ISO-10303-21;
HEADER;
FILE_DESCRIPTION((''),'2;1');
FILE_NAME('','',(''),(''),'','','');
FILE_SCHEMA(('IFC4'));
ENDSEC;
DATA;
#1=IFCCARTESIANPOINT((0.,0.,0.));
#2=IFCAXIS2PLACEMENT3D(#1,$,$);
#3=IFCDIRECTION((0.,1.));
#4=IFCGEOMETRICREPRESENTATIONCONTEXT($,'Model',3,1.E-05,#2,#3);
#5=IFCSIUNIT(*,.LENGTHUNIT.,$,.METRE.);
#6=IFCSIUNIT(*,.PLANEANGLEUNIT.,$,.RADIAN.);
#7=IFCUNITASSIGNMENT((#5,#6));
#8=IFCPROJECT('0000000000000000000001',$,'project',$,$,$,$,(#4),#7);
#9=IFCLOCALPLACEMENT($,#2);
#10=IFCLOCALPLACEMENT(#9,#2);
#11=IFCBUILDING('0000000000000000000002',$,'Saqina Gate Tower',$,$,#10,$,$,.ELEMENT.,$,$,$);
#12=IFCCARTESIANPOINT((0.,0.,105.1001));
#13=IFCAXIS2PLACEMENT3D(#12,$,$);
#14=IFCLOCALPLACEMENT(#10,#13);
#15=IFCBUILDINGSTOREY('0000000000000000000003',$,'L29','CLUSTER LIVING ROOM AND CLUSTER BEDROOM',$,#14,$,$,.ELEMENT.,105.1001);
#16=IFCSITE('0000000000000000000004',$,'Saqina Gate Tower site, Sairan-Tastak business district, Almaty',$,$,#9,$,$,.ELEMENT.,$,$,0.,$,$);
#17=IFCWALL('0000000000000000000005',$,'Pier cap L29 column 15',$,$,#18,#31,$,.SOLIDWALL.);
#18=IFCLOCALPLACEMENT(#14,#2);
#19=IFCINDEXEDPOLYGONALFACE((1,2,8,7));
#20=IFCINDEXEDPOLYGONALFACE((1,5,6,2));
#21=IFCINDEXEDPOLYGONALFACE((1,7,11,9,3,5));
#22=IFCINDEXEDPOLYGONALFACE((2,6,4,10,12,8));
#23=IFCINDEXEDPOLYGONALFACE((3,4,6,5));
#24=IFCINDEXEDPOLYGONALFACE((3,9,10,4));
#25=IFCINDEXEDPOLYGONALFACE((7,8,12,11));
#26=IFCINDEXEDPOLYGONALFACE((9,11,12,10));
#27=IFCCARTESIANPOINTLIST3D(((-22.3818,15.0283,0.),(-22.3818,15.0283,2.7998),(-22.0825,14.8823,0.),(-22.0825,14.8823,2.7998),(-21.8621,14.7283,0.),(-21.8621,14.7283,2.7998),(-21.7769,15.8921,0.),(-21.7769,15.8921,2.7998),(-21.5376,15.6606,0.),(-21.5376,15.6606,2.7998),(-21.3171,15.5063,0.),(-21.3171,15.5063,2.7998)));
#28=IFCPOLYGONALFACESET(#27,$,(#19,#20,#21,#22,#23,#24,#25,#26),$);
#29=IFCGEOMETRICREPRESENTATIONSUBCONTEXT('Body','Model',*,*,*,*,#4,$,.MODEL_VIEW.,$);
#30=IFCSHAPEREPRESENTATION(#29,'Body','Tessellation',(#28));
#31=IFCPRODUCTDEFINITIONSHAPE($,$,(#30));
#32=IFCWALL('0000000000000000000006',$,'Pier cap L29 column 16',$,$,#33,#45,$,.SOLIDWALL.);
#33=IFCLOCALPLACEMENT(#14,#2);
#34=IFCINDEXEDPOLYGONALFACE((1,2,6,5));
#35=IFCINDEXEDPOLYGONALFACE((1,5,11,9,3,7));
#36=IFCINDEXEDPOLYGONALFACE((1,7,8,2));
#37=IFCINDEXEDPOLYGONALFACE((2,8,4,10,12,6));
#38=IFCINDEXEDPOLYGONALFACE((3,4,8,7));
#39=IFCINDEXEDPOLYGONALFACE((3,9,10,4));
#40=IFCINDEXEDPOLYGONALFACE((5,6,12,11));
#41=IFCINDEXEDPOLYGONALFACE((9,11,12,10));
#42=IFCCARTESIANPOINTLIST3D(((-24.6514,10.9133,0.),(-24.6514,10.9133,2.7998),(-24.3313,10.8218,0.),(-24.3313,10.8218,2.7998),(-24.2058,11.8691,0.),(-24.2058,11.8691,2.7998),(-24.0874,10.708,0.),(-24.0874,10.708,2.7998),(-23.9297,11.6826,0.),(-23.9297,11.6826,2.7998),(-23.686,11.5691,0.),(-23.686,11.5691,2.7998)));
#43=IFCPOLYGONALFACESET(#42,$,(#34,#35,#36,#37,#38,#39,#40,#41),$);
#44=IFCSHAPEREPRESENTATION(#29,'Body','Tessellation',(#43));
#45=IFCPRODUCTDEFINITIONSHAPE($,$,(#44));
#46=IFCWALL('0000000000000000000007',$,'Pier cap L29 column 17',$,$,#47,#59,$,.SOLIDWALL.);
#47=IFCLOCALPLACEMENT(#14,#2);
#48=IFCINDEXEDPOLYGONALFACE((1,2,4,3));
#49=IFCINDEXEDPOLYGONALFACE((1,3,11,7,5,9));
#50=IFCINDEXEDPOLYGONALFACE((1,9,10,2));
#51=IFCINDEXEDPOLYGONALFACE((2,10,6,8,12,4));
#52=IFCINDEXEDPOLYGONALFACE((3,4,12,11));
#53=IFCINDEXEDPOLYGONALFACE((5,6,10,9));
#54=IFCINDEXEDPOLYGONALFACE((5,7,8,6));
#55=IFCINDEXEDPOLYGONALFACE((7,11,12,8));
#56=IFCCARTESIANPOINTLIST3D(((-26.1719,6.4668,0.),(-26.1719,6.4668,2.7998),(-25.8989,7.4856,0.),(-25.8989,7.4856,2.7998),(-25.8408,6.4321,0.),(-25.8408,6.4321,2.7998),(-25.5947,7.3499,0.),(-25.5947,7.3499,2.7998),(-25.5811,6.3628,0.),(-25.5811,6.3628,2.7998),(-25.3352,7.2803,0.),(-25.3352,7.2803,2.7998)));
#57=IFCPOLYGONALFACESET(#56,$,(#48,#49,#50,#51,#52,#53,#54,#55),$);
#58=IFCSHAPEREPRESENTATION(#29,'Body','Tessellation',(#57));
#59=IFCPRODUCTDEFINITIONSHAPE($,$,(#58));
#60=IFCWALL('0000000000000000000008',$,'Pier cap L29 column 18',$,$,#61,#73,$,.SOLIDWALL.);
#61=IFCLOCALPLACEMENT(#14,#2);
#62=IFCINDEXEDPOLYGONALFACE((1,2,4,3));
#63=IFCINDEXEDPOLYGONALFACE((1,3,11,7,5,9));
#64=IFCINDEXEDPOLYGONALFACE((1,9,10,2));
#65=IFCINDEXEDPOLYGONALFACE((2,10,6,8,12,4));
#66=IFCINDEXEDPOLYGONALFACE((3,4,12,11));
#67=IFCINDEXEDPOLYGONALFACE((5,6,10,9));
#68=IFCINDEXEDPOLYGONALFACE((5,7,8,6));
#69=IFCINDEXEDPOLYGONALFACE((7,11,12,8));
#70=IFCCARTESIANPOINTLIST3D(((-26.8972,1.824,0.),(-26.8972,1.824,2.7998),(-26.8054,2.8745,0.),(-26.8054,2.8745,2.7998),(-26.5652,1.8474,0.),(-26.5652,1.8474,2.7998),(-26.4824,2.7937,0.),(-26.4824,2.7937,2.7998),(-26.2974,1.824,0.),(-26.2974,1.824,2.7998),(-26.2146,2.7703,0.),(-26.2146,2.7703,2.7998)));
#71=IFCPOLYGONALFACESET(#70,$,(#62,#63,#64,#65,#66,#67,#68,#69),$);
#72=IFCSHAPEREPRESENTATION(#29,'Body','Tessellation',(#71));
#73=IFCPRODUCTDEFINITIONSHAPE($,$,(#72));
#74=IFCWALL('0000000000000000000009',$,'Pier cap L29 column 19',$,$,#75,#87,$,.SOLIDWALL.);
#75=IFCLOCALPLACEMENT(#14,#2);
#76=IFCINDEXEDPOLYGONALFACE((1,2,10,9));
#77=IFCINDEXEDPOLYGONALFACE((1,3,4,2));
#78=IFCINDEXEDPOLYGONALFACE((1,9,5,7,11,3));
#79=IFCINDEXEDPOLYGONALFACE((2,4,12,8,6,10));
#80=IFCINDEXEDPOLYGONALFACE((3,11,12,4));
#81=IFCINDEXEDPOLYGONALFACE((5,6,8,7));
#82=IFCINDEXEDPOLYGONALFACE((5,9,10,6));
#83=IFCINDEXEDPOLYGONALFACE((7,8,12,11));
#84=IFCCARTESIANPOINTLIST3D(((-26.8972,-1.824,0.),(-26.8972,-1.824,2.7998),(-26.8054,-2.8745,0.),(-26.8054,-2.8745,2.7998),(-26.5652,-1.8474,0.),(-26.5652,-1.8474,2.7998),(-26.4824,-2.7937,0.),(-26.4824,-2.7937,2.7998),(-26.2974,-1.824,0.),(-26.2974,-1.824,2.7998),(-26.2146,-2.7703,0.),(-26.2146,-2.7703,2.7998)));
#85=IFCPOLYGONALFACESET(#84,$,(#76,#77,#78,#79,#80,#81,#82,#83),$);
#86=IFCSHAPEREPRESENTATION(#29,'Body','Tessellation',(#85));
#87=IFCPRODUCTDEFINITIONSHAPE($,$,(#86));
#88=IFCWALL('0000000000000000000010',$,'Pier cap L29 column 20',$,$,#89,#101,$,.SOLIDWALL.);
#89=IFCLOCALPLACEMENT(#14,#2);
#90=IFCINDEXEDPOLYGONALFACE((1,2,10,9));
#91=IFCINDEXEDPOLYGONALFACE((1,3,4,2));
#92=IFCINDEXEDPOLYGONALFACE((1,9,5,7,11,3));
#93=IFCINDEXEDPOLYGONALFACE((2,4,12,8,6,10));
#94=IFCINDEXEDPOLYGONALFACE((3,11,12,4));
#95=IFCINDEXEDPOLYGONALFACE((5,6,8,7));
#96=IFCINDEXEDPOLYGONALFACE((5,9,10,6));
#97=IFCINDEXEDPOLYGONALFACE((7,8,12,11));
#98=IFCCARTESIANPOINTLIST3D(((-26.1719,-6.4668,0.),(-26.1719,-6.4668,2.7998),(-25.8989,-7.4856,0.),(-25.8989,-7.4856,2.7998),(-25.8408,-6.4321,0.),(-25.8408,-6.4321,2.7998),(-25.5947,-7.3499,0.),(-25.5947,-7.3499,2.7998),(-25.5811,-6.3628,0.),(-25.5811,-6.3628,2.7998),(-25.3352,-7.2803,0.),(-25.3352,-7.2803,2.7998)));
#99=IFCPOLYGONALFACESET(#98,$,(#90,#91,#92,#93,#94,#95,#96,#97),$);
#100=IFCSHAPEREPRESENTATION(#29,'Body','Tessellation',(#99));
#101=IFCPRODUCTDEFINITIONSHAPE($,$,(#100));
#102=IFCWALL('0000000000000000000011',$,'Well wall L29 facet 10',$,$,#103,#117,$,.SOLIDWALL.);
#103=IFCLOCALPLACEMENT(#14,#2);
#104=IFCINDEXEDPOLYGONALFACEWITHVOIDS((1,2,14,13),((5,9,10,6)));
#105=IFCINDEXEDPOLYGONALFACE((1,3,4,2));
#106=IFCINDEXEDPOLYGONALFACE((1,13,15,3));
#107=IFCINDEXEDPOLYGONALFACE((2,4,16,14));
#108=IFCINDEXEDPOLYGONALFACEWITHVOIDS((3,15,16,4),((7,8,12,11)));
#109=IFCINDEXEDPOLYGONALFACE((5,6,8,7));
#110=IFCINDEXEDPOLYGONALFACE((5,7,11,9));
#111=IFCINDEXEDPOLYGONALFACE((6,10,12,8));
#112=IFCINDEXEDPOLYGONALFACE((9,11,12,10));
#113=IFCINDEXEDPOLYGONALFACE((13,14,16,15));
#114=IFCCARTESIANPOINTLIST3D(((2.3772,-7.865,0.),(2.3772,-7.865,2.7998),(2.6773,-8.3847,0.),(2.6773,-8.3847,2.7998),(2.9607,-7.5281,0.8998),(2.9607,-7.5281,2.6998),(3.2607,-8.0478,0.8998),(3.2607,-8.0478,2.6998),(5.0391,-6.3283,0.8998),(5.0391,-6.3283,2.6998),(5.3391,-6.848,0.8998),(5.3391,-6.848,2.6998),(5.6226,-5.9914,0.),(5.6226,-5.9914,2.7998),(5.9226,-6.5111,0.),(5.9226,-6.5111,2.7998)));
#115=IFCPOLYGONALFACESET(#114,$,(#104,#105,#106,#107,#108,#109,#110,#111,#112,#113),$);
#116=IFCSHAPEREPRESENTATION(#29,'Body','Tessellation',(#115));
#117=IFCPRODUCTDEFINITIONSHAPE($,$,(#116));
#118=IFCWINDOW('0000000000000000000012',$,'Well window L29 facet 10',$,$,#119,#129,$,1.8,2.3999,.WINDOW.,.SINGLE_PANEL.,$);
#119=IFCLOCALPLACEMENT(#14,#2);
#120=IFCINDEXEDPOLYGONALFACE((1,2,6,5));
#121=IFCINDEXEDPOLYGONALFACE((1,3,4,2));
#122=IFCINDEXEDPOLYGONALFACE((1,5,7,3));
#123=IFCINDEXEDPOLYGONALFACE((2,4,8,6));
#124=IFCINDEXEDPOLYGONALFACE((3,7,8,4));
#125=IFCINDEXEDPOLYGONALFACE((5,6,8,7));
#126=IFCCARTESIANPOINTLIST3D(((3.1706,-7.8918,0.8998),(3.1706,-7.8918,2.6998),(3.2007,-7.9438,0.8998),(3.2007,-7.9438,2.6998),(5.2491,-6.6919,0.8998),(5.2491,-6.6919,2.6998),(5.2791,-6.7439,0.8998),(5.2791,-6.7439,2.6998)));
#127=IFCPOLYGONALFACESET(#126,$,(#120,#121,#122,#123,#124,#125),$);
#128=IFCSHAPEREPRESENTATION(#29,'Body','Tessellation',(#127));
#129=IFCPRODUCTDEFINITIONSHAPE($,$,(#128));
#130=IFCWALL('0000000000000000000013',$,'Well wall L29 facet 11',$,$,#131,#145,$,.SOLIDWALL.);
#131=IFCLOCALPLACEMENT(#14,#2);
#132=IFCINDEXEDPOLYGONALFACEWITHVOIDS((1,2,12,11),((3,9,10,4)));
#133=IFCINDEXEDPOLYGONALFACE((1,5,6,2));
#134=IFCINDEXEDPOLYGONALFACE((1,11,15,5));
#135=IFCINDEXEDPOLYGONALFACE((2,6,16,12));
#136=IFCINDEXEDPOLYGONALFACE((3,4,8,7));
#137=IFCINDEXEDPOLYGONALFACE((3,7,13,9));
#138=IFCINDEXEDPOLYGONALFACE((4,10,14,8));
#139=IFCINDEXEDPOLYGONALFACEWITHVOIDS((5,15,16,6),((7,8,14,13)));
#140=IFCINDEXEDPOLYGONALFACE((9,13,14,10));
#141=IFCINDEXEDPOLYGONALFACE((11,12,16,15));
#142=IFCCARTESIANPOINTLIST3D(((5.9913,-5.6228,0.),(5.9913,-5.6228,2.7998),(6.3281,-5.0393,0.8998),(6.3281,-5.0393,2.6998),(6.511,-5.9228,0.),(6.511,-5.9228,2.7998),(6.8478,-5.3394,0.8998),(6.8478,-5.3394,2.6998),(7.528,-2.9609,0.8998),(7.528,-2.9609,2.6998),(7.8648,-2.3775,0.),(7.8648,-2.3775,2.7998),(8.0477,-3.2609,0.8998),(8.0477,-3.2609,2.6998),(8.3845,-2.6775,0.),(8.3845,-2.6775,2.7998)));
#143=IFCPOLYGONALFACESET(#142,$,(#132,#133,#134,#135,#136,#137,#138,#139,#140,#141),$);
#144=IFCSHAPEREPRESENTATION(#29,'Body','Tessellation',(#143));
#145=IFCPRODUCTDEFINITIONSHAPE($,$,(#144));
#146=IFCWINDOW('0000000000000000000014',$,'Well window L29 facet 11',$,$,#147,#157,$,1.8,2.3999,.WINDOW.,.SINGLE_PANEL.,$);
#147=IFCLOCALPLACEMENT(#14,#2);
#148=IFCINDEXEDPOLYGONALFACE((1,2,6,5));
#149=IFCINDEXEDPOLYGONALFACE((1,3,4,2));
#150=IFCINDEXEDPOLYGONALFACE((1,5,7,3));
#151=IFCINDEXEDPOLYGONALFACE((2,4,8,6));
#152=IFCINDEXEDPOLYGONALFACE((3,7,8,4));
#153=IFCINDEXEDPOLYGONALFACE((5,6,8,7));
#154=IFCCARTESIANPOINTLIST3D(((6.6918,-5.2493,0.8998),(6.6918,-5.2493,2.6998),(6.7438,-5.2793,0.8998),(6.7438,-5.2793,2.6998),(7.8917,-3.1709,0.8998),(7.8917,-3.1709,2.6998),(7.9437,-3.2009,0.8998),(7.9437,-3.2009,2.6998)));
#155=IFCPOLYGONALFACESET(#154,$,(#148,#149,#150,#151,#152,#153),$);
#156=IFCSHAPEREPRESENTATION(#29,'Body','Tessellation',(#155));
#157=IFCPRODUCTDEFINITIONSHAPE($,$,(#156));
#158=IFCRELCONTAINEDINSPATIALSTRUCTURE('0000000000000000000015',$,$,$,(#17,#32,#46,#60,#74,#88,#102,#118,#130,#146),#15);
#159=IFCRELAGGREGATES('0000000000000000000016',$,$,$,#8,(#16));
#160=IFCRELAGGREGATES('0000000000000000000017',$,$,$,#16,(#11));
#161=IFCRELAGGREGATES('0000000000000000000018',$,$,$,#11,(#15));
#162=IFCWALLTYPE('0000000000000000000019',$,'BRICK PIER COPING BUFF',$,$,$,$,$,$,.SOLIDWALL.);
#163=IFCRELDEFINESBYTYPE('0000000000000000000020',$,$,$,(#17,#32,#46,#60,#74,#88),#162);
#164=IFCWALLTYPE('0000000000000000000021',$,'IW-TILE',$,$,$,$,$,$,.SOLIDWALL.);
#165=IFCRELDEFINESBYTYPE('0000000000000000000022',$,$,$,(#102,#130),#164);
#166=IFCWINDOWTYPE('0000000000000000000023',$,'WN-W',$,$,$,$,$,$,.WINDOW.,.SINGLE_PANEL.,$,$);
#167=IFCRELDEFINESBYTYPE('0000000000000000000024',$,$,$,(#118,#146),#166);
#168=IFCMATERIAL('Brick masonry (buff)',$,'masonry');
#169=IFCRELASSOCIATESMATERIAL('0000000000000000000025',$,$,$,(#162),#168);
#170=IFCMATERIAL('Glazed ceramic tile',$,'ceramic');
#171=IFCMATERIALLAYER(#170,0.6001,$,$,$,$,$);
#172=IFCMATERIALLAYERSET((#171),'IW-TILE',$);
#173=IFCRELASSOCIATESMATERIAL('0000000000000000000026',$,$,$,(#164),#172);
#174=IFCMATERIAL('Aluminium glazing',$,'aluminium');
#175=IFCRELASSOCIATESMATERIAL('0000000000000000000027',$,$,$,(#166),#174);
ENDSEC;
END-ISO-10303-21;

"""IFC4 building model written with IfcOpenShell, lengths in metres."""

from ifc_helpers import new_model, si_unit, direction, frame, frame_2d, origin, place, context, subcontext, project, spatial, polyline, rectangle, outline, extrude, material, layer, layer_set, type_object, element, fill, save


model = new_model("IFC4")

# Units and contexts
model_context = context("Model", 3, precision=1e-05, world=origin(), true_north=direction((0.0, 1.0)))
body_context = subcontext(model_context, "Body", "Model", "MODEL_VIEW")
ifc_project = project(units=[si_unit("LENGTHUNIT", "METRE"), si_unit("PLANEANGLEUNIT", "RADIAN")], contexts=[model_context])

# Site, building, storey
site_placement = place(None, origin())
site = spatial("IfcSite", under=ifc_project, at=site_placement, Name="Saqina Gate Tower site, Sairan-Tastak business district, Almaty", CompositionType="ELEMENT", RefElevation=0.0)
building_placement = place(site_placement, origin())
building = spatial("IfcBuilding", under=site, at=building_placement, Name="Saqina Gate Tower", CompositionType="ELEMENT")
storey_placement = place(building_placement, frame((0.0, 0.0, 105.1001)))
storey = spatial("IfcBuildingStorey", under=building, at=storey_placement, Name="L29", Description="CLUSTER LIVING ROOM AND CLUSTER BEDROOM", CompositionType="ELEMENT", Elevation=105.1001)

# Walls
ifc_material_1 = material(Name="Brick masonry (buff)", Category="masonry")
wall_type_1 = type_object("IfcWallType", Name="BRICK PIER COPING BUFF", PredefinedType="SOLIDWALL", material=ifc_material_1)
wall_1_placement = place(storey_placement, origin())
element("IfcWall", 1, at=wall_1_placement, inside=storey, type_object=wall_type_1, Name="Pier cap L29 column 15", PredefinedType="SOLIDWALL", context=body_context, shape_type="SweptSolid", body=[
    extrude(outline(polyline([(-22.3818, 15.0283), (-21.8621, 14.7283), (-22.0825, 14.8823), (-21.5376, 15.6606), (-21.3171, 15.5063), (-21.7769, 15.8921), (-22.3818, 15.0283)])), origin(), (0.0, 0.0, 1.0), 2.7998),
])
wall_2_placement = place(storey_placement, origin())
element("IfcWall", 2, at=wall_2_placement, inside=storey, type_object=wall_type_1, Name="Pier cap L29 column 16", PredefinedType="SOLIDWALL", context=body_context, shape_type="SweptSolid", body=[
    extrude(outline(polyline([(-24.6514, 10.9133), (-24.0874, 10.708), (-24.3313, 10.8218), (-23.9297, 11.6826), (-23.686, 11.5691), (-24.2058, 11.8691), (-24.6514, 10.9133)])), origin(), (0.0, 0.0, 1.0), 2.7998),
])
wall_3_placement = place(storey_placement, origin())
element("IfcWall", 3, at=wall_3_placement, inside=storey, type_object=wall_type_1, Name="Pier cap L29 column 17", PredefinedType="SOLIDWALL", context=body_context, shape_type="SweptSolid", body=[
    extrude(outline(polyline([(-25.8989, 7.4856), (-26.1719, 6.4668), (-25.5811, 6.3628), (-25.8408, 6.4321), (-25.5947, 7.3499), (-25.3352, 7.2803), (-25.8989, 7.4856)])), origin(), (0.0, 0.0, 1.0), 2.7998),
])
wall_4_placement = place(storey_placement, origin())
element("IfcWall", 4, at=wall_4_placement, inside=storey, type_object=wall_type_1, Name="Pier cap L29 column 18", PredefinedType="SOLIDWALL", context=body_context, shape_type="SweptSolid", body=[
    extrude(outline(polyline([(-26.8054, 2.8745), (-26.8972, 1.824), (-26.2974, 1.824), (-26.5652, 1.8474), (-26.4824, 2.7937), (-26.2146, 2.7703), (-26.8054, 2.8745)])), origin(), (0.0, 0.0, 1.0), 2.7998),
])
wall_5_placement = place(storey_placement, origin())
element("IfcWall", 5, at=wall_5_placement, inside=storey, type_object=wall_type_1, Name="Pier cap L29 column 19", PredefinedType="SOLIDWALL", context=body_context, shape_type="SweptSolid", body=[
    extrude(outline(polyline([(-26.8054, -2.8745), (-26.2146, -2.7703), (-26.4824, -2.7937), (-26.5652, -1.8474), (-26.2974, -1.824), (-26.8972, -1.824), (-26.8054, -2.8745)])), origin(), (0.0, 0.0, 1.0), 2.7998),
])
wall_6_placement = place(storey_placement, origin())
element("IfcWall", 6, at=wall_6_placement, inside=storey, type_object=wall_type_1, Name="Pier cap L29 column 20", PredefinedType="SOLIDWALL", context=body_context, shape_type="SweptSolid", body=[
    extrude(outline(polyline([(-26.1719, -6.4668), (-25.8989, -7.4856), (-25.3352, -7.2803), (-25.5947, -7.3499), (-25.8408, -6.4321), (-25.5811, -6.3628), (-26.1719, -6.4668)])), origin(), (0.0, 0.0, 1.0), 2.7998),
])

# Walls, openings, windows
ifc_material_2 = material(Name="Glazed ceramic tile", Category="ceramic")
ifc_layer_1 = layer(ifc_material_2, 0.6001)
ifc_layer_set_1 = layer_set([ifc_layer_1], Name="IW-TILE")
wall_type_2 = type_object("IfcWallType", Name="IW-TILE", PredefinedType="SOLIDWALL", material=ifc_layer_set_1)
wall_7_placement = place(storey_placement, frame((2.5273, -8.1248, 0.0), z_axis=(0.0, 0.0, 1.0), x_axis=(0.866046, 0.499965, 0.0)))
wall_7 = element("IfcWall", 7, at=wall_7_placement, inside=storey, type_object=wall_type_2, Name="Well wall L29 facet 10", PredefinedType="SOLIDWALL", context=body_context, shape_type="SweptSolid", body=[
    extrude(rectangle(XDim=3.7473, YDim=0.6001, at=frame_2d((1.8735, 0.0))), origin(), (0.0, 0.0, 1.0), 2.7998),
])
opening_1_placement = place(wall_7_placement, frame((0.6736, 0.0, 0.8999)))
opening_1 = element("IfcOpeningElement", 8, at=opening_1_placement, cuts=wall_7, PredefinedType="OPENING", context=body_context, shape_type="SweptSolid", body=[
    extrude(rectangle(XDim=2.3999, YDim=1.8, at=frame_2d((1.2, 0.8999))), frame((0.0, 0.312, 0.0), z_axis=(0.0, -1.0, 0.0), x_axis=(1.0, 0.0, 0.0)), (0.0, 0.0, 1.0), 0.624),
])
ifc_material_3 = material(Name="Aluminium glazing", Category="aluminium")
window_type = type_object("IfcWindowType", Name="WN-W", PartitioningType="SINGLE_PANEL", PredefinedType="WINDOW", material=ifc_material_3)
window_1_placement = place(opening_1_placement, origin())
window_1 = element("IfcWindow", 9, at=window_1_placement, inside=storey, type_object=window_type, Name="Well window L29 facet 10", OverallHeight=1.8, OverallWidth=2.3999, PartitioningType="SINGLE_PANEL", PredefinedType="WINDOW", context=body_context, shape_type="SweptSolid", body=[
    extrude(rectangle(XDim=2.3999, YDim=1.8, at=frame_2d((1.2, 0.8999))), frame((0.0, -0.1199, 0.0), z_axis=(0.0, -1.0, 0.0), x_axis=(1.0, 0.0, 0.0)), (0.0, 0.0, 1.0), 0.0601),
])
fill(opening_1, window_1)
wall_8_placement = place(storey_placement, frame((6.2512, -5.7727, 0.0), z_axis=(0.0, 0.0, 1.0), x_axis=(0.499965, 0.866046, 0.0)))
wall_8 = element("IfcWall", 10, at=wall_8_placement, inside=storey, type_object=wall_type_2, Name="Well wall L29 facet 11", PredefinedType="SOLIDWALL", context=body_context, shape_type="SweptSolid", body=[
    extrude(rectangle(XDim=3.7473, YDim=0.6001, at=frame_2d((1.8735, 0.0))), origin(), (0.0, 0.0, 1.0), 2.7998),
])
opening_2_placement = place(wall_8_placement, frame((0.6736, 0.0, 0.8999)))
opening_2 = element("IfcOpeningElement", 11, at=opening_2_placement, cuts=wall_8, PredefinedType="OPENING", context=body_context, shape_type="SweptSolid", body=[
    extrude(rectangle(XDim=2.3999, YDim=1.8, at=frame_2d((1.2, 0.8999))), frame((0.0, 0.312, 0.0), z_axis=(0.0, -1.0, 0.0), x_axis=(1.0, 0.0, 0.0)), (0.0, 0.0, 1.0), 0.624),
])
window_2_placement = place(opening_2_placement, origin())
window_2 = element("IfcWindow", 12, at=window_2_placement, inside=storey, type_object=window_type, Name="Well window L29 facet 11", OverallHeight=1.8, OverallWidth=2.3999, PartitioningType="SINGLE_PANEL", PredefinedType="WINDOW", context=body_context, shape_type="SweptSolid", body=[
    extrude(rectangle(XDim=2.3999, YDim=1.8, at=frame_2d((1.2, 0.8999))), frame((0.0, -0.1199, 0.0), z_axis=(0.0, -1.0, 0.0), x_axis=(1.0, 0.0, 0.0)), (0.0, 0.0, 1.0), 0.0601),
])
fill(opening_2, window_2)

save(model, "model.ifc")
